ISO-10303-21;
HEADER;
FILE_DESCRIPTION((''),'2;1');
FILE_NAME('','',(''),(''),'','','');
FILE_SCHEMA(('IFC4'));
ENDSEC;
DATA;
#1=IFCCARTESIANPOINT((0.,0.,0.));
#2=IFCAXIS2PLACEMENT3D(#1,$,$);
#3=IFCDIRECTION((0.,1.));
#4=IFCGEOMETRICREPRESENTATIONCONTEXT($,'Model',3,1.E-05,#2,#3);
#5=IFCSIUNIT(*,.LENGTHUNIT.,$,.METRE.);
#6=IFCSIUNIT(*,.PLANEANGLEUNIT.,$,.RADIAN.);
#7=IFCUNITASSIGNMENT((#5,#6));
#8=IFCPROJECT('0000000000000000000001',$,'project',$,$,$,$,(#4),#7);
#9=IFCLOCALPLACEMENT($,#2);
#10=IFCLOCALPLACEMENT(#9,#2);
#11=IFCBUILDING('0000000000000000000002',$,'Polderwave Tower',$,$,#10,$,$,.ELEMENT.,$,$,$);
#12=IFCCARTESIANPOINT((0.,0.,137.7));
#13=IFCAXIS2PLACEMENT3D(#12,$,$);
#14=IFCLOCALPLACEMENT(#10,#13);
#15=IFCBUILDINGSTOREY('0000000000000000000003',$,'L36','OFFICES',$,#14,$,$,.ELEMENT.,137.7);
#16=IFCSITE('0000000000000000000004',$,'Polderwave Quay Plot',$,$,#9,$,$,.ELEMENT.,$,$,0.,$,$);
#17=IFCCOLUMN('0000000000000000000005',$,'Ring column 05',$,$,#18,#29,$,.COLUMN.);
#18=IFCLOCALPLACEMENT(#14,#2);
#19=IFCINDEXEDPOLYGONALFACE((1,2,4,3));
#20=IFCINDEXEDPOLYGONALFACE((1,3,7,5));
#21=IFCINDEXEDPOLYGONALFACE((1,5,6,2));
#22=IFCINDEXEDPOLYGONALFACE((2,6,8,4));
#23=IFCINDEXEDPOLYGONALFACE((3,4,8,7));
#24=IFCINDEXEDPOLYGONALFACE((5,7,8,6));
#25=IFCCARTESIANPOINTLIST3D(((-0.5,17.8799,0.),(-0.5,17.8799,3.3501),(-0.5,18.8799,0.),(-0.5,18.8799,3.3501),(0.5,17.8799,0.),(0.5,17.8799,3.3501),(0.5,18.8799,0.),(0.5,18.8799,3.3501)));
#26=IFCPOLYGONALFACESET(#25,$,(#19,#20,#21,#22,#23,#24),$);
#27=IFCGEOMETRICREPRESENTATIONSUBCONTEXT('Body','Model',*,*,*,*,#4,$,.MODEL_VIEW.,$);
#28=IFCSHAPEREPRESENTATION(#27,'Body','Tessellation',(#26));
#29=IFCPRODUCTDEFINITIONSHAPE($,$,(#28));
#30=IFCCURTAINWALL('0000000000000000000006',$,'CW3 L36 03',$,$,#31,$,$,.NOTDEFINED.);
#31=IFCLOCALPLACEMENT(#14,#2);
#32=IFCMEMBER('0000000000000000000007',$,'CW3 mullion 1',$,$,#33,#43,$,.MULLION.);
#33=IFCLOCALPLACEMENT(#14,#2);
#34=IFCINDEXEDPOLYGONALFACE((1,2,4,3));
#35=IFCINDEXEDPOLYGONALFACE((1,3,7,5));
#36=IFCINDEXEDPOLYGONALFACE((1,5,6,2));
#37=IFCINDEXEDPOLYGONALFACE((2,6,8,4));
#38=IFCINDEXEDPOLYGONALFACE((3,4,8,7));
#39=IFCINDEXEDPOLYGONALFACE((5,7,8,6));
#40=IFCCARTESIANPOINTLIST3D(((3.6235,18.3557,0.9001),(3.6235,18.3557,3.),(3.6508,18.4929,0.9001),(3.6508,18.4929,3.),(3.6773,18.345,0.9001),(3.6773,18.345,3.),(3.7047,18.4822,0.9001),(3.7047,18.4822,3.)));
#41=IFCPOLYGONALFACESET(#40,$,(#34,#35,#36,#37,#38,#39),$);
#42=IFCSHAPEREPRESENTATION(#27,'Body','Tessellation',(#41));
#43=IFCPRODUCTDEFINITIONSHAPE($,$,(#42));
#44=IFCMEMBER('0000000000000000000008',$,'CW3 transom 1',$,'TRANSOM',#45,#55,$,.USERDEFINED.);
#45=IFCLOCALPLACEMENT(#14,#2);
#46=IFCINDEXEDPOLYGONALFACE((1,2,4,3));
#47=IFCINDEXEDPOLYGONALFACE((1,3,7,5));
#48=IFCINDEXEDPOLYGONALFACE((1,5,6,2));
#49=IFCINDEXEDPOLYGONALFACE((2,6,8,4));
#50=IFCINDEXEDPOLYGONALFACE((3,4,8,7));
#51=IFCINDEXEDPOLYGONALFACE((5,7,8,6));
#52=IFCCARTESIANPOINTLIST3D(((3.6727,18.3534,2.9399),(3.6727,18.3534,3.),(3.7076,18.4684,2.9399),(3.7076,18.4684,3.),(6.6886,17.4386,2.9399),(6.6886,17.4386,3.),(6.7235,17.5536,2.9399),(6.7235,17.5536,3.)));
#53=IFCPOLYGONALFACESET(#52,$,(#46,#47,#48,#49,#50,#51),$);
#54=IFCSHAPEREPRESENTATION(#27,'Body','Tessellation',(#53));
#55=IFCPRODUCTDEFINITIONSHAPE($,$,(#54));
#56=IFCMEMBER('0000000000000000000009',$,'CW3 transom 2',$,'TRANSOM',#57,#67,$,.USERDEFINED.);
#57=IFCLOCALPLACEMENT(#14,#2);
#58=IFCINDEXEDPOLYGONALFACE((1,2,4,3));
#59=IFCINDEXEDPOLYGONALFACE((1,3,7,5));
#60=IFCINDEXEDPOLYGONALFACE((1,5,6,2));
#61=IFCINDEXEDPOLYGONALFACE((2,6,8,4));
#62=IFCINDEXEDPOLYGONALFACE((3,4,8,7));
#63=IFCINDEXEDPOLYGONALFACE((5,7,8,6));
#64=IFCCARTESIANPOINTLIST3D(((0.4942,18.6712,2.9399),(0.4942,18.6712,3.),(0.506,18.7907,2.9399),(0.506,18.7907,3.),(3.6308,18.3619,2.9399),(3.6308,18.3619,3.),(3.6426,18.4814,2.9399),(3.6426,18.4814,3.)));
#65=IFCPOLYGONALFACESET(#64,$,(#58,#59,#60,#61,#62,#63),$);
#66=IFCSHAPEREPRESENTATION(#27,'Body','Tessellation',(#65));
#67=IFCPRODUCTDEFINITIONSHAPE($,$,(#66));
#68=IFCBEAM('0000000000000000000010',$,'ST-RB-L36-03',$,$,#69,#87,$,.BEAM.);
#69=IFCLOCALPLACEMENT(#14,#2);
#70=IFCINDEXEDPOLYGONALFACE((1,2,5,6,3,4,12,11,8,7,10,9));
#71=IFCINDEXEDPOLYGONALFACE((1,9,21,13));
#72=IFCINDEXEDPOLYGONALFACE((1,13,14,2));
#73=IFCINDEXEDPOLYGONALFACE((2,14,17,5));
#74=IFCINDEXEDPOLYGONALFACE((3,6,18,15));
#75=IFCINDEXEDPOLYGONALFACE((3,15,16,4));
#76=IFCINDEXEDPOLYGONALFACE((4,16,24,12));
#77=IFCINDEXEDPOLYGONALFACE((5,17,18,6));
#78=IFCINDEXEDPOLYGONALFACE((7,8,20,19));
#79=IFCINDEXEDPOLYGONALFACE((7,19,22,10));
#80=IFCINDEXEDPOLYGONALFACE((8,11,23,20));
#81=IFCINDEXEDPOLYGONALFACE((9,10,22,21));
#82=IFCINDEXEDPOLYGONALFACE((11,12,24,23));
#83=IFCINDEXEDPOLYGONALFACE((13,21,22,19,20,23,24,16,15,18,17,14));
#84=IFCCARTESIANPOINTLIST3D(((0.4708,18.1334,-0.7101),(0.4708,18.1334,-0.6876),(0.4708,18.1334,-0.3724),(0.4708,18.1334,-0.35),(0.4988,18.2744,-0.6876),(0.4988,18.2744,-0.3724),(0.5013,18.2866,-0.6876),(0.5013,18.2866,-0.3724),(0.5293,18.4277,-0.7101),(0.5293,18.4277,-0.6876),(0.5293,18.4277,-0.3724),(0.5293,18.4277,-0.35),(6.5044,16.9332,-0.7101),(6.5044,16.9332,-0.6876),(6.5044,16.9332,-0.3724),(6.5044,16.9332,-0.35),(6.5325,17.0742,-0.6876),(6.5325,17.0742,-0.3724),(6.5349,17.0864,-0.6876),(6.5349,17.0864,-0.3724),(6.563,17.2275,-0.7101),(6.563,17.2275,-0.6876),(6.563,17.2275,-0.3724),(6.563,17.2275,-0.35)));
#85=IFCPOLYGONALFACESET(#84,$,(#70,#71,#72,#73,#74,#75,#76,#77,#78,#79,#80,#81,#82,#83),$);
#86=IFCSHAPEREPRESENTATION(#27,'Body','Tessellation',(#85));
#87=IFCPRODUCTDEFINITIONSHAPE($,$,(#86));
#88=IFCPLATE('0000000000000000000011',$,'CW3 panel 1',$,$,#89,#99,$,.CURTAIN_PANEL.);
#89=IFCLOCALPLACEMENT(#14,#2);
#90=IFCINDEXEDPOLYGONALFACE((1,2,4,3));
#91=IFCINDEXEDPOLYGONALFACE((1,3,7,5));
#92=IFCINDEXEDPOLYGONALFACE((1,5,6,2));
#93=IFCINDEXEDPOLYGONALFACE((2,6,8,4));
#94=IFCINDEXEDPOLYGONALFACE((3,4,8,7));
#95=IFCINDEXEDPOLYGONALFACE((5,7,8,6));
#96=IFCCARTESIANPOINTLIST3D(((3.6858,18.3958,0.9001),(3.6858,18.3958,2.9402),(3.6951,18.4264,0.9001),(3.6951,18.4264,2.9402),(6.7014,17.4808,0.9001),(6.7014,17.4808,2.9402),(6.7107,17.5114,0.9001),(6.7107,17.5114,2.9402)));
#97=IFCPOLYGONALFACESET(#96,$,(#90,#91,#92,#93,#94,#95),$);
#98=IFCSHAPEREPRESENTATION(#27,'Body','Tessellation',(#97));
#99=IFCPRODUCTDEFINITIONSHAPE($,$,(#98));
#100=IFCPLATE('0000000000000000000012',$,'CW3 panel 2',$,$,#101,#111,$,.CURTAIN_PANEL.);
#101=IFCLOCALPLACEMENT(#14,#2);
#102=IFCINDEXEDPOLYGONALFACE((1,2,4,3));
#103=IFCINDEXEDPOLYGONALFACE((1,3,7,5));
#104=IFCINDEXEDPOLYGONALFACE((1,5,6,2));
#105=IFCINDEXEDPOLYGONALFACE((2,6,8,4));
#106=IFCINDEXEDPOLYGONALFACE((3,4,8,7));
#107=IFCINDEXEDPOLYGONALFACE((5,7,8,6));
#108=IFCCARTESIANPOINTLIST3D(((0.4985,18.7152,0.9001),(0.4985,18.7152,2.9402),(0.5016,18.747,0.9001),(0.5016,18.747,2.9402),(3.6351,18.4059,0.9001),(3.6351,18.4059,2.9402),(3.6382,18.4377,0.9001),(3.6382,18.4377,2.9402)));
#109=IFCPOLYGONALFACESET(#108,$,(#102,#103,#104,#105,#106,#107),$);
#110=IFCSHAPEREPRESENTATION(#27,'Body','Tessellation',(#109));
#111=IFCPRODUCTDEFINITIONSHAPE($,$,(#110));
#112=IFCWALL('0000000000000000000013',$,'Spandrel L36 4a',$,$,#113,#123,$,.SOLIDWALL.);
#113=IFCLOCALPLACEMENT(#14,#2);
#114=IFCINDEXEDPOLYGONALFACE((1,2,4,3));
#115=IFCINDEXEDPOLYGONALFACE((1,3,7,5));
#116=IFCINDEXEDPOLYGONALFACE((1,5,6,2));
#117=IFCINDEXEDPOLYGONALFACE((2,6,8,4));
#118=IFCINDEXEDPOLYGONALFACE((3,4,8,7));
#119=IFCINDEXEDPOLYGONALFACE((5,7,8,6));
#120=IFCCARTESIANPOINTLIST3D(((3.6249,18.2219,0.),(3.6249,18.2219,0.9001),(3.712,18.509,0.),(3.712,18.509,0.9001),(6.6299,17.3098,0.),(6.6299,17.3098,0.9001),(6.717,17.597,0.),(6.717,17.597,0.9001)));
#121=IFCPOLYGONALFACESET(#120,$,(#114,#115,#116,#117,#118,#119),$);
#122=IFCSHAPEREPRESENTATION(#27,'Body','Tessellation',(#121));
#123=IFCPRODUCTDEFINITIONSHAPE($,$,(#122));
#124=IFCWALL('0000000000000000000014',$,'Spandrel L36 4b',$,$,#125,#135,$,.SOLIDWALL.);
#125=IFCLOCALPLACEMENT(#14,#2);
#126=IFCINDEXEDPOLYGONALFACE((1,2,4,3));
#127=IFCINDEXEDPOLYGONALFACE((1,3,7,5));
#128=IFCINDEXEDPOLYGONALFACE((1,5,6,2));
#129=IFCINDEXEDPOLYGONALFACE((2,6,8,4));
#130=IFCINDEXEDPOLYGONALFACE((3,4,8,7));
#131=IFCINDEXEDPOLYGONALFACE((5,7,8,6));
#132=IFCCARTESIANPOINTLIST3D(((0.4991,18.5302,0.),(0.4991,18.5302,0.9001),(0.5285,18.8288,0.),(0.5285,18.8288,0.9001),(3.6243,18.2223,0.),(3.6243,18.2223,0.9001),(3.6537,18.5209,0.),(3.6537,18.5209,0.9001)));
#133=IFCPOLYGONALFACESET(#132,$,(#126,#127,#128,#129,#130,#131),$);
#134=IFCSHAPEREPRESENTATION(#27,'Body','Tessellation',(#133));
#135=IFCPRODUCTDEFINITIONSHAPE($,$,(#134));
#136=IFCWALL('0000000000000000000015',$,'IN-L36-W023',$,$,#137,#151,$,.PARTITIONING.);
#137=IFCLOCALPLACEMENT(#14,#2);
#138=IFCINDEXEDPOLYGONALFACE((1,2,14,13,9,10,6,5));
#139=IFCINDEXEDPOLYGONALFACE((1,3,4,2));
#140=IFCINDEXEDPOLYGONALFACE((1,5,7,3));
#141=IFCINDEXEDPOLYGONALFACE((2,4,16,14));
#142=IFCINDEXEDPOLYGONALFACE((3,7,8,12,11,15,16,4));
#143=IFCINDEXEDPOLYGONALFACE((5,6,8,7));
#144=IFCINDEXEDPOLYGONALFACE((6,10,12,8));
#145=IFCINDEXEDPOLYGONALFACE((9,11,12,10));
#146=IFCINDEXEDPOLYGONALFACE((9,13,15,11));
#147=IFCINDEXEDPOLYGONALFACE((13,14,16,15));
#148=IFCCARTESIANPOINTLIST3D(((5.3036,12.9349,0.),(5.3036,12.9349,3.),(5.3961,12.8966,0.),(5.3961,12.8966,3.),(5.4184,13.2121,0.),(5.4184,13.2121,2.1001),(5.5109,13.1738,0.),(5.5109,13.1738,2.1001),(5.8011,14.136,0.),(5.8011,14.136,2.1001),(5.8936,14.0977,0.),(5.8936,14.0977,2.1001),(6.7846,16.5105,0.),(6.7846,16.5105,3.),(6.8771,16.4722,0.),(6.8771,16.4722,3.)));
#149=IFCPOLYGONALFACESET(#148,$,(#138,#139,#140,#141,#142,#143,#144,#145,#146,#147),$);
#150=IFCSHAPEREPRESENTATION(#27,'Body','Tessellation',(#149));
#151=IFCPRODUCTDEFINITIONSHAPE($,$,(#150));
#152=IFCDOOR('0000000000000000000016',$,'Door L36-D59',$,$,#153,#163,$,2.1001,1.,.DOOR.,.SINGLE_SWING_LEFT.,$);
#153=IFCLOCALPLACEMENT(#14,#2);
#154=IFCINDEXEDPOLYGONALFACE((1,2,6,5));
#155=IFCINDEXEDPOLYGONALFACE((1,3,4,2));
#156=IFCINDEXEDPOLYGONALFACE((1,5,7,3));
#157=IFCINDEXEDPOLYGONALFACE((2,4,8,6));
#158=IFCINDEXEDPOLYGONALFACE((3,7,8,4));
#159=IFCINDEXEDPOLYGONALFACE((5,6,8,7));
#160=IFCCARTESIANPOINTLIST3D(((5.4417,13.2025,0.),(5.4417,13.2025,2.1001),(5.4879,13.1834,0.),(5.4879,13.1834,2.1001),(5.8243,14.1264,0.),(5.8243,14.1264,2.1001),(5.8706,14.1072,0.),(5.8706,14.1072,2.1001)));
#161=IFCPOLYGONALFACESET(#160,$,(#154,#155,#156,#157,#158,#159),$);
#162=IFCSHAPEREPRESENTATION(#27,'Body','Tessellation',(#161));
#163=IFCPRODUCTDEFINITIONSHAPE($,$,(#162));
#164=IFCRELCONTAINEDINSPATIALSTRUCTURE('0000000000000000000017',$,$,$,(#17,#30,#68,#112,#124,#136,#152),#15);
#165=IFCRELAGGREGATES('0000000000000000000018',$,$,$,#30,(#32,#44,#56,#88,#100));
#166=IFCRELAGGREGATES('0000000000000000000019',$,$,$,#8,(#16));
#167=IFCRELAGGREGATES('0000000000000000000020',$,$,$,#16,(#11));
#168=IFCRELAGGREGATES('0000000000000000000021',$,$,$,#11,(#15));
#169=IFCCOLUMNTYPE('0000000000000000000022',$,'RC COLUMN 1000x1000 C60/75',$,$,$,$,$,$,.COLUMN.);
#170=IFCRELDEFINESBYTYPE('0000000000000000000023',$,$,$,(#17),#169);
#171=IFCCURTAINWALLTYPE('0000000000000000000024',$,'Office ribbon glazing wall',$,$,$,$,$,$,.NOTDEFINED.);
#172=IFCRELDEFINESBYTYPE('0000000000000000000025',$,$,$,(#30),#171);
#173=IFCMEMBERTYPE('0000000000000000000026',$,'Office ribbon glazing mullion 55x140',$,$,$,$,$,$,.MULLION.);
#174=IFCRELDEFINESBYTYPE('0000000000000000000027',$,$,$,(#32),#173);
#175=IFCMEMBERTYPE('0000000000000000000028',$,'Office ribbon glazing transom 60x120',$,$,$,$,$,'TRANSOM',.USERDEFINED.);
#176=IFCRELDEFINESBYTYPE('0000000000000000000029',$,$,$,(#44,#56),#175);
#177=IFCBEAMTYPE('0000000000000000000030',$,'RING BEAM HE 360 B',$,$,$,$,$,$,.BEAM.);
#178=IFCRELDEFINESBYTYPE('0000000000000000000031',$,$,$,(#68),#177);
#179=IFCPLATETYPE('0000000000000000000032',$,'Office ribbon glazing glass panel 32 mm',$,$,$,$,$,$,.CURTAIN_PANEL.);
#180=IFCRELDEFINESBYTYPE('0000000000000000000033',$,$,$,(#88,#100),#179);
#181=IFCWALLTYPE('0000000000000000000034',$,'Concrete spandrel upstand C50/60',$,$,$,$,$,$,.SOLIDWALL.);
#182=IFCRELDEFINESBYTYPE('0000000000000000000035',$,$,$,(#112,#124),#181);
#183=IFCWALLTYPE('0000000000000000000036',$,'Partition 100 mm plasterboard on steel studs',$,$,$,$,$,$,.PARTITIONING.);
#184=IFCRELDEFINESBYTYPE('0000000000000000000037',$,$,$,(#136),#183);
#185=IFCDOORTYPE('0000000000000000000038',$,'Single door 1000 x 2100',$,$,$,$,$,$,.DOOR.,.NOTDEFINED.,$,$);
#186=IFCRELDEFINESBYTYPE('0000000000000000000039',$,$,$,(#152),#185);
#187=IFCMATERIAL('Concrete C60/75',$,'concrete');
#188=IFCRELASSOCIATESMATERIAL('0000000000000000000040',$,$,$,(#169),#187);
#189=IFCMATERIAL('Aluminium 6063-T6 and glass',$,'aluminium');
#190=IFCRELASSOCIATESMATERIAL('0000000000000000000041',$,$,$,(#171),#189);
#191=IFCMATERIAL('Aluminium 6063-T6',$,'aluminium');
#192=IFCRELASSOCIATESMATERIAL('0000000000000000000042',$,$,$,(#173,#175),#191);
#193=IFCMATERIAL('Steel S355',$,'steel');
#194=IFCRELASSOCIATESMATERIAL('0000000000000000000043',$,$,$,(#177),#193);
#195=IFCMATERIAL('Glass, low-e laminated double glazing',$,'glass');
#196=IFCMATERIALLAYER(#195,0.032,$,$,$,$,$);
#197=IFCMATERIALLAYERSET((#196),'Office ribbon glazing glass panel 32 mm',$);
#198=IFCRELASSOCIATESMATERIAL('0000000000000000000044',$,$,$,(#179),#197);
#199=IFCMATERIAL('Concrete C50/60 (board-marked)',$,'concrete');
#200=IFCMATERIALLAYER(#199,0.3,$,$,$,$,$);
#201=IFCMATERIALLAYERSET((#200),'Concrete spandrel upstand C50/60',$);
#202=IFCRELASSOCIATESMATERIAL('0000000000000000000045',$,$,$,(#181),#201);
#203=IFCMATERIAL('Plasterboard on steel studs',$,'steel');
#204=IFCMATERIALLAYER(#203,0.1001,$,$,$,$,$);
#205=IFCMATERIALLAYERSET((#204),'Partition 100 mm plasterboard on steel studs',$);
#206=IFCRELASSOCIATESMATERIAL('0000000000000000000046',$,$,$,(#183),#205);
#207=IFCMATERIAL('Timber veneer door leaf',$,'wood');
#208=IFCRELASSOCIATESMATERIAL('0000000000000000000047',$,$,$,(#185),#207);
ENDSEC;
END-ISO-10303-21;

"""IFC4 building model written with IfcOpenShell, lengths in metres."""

from ifc_helpers import new_model, si_unit, direction, frame, frame_2d, origin, origin_2d, place, context, subcontext, project, spatial, rectangle, i_section, extrude, material, layer, layer_set, material_profile, profile_set, type_object, element, fill, aggregate, save


model = new_model("IFC4")

# Units and contexts
model_context = context("Model", 3, precision=1e-05, world=origin(), true_north=direction((0.0, 1.0)))
body_context = subcontext(model_context, "Body", "Model", "MODEL_VIEW")
ifc_project = project(units=[si_unit("LENGTHUNIT", "METRE"), si_unit("PLANEANGLEUNIT", "RADIAN")], contexts=[model_context])

# Site, building, storey
site_placement = place(None, origin())
site = spatial("IfcSite", under=ifc_project, at=site_placement, Name="Polderwave Quay Plot", CompositionType="ELEMENT", RefElevation=0.0)
building_placement = place(site_placement, origin())
building = spatial("IfcBuilding", under=site, at=building_placement, Name="Polderwave Tower", CompositionType="ELEMENT")
storey_placement = place(building_placement, frame((0.0, 0.0, 137.7)))
storey = spatial("IfcBuildingStorey", under=building, at=storey_placement, Name="L36", Description="OFFICES", CompositionType="ELEMENT", Elevation=137.7)

# Column
ifc_material_1 = material(Name="Concrete C60/75", Category="concrete")
ifc_material_profile_1 = material_profile(ifc_material_1, rectangle(XDim=1.0, YDim=1.0, at=origin_2d()), Name="RC 1000x1000")
ifc_profile_set_1 = profile_set([ifc_material_profile_1], Name="Concrete C60/75")
column_type = type_object("IfcColumnType", Name="RC COLUMN 1000x1000 C60/75", PredefinedType="COLUMN", material=ifc_profile_set_1)
column_placement = place(storey_placement, frame((0.0, 18.3799, 0.0), z_axis=(0.0, 0.0, 1.0), x_axis=(0.0, 1.0, 0.0)))
element("IfcColumn", 1, at=column_placement, inside=storey, type_object=column_type, Name="Ring column 05", PredefinedType="COLUMN", context=body_context, shape_type="SweptSolid", body=[
    extrude(rectangle(XDim=1.0, YDim=1.0, at=origin_2d()), origin(), (0.0, 0.0, 1.0), 3.3501),
])

# Curtain wall, members
ifc_material_2 = material(Name="Aluminium 6063-T6 and glass", Category="aluminium")
curtain_wall_type = type_object("IfcCurtainWallType", Name="Office ribbon glazing wall", PredefinedType="NOTDEFINED", material=ifc_material_2)
curtain_wall_placement = place(storey_placement, origin())
curtain_wall = element("IfcCurtainWall", 2, at=curtain_wall_placement, inside=storey, type_object=curtain_wall_type, Name="CW3 L36 03", PredefinedType="NOTDEFINED")
ifc_material_3 = material(Name="Aluminium 6063-T6", Category="aluminium")
ifc_material_profile_2 = material_profile(ifc_material_3, rectangle(XDim=0.1399, YDim=0.0549, at=origin_2d()), Name="AL 55x140")
ifc_profile_set_2 = profile_set([ifc_material_profile_2], Name="Aluminium 6063-T6")
member_type_1 = type_object("IfcMemberType", Name="Office ribbon glazing mullion 55x140", PredefinedType="MULLION", material=ifc_profile_set_2)
member_1_placement = place(storey_placement, frame((3.6641, 18.4189, 0.9001), z_axis=(0.0, 0.0, 1.0), x_axis=(-0.195179, -0.980768, 0.0)))
member_1 = element("IfcMember", 3, at=member_1_placement, type_object=member_type_1, Name="CW3 mullion 1", PredefinedType="MULLION", context=body_context, shape_type="SweptSolid", body=[
    extrude(rectangle(XDim=0.1399, YDim=0.0549, at=origin_2d()), origin(), (0.0, 0.0, 1.0), 2.0999),
])
ifc_material_profile_3 = material_profile(ifc_material_3, rectangle(XDim=0.1201, YDim=0.0601, at=origin_2d()), Name="AL 60x120")
ifc_profile_set_3 = profile_set([ifc_material_profile_3], Name="Aluminium 6063-T6")
member_type_2 = type_object("IfcMemberType", Name="Office ribbon glazing transom 60x120", ElementType="TRANSOM", PredefinedType="USERDEFINED", material=ifc_profile_set_3)
member_2_placement = place(storey_placement, frame((6.7061, 17.4961, 2.97), z_axis=(-0.956946, 0.290268, 0.0), x_axis=(-0.290268, -0.956946, 0.0)))
member_2 = element("IfcMember", 4, at=member_2_placement, type_object=member_type_2, Name="CW3 transom 1", ObjectType="TRANSOM", PredefinedType="USERDEFINED", context=body_context, shape_type="SweptSolid", body=[
    extrude(rectangle(XDim=0.1201, YDim=0.0601, at=origin_2d()), origin(), (0.0, 0.0, 1.0), 3.1516),
])
member_3_placement = place(storey_placement, frame((3.6367, 18.4216, 2.97), z_axis=(-0.995173, 0.098139, 0.0), x_axis=(-0.098139, -0.995173, 0.0)))
member_3 = element("IfcMember", 5, at=member_3_placement, type_object=member_type_2, Name="CW3 transom 2", ObjectType="TRANSOM", PredefinedType="USERDEFINED", context=body_context, shape_type="SweptSolid", body=[
    extrude(rectangle(XDim=0.1201, YDim=0.0601, at=origin_2d()), origin(), (0.0, 0.0, 1.0), 3.1519),
])

# Beam
ifc_material_4 = material(Name="Steel S355", Category="steel")
ifc_material_profile_4 = material_profile(ifc_material_4, i_section(OverallWidth=0.3, OverallDepth=0.3601, WebThickness=0.0125, FlangeThickness=0.0225, at=origin_2d()), Name="HE 360 B")
ifc_profile_set_4 = profile_set([ifc_material_profile_4], Name="Steel S355")
beam_type = type_object("IfcBeamType", Name="RING BEAM HE 360 B", PredefinedType="BEAM", material=ifc_profile_set_4)
beam_placement = place(storey_placement, frame((6.5337, 17.0803, -0.53), z_axis=(-0.980785, 0.195093, 0.0), x_axis=(-0.195093, -0.980785, 0.0)))
element("IfcBeam", 6, at=beam_placement, inside=storey, type_object=beam_type, Name="ST-RB-L36-03", PredefinedType="BEAM", context=body_context, shape_type="SweptSolid", body=[
    extrude(i_section(OverallWidth=0.3, OverallDepth=0.3601, WebThickness=0.0125, FlangeThickness=0.0225, at=origin_2d()), origin(), (0.0, 0.0, 1.0), 6.1519),
])

# Plates
ifc_material_5 = material(Name="Glass, low-e laminated double glazing", Category="glass")
ifc_layer_1 = layer(ifc_material_5, 0.032)
ifc_layer_set_1 = layer_set([ifc_layer_1], Name="Office ribbon glazing glass panel 32 mm")
plate_type = type_object("IfcPlateType", Name="Office ribbon glazing glass panel 32 mm", PredefinedType="CURTAIN_PANEL", material=ifc_layer_set_1)
plate_1_placement = place(storey_placement, frame((5.1982, 17.9536, 0.9001), z_axis=(0.0, 0.0, 1.0), x_axis=(-0.956921, 0.290348, 0.0)))
plate_1 = element("IfcPlate", 7, at=plate_1_placement, type_object=plate_type, Name="CW3 panel 1", PredefinedType="CURTAIN_PANEL", context=body_context, shape_type="SweptSolid", body=[
    extrude(rectangle(XDim=3.1514, YDim=0.032, at=origin_2d()), origin(), (0.0, 0.0, 1.0), 2.04),
])
plate_2_placement = place(storey_placement, frame((2.0684, 18.5764, 0.9001), z_axis=(0.0, 0.0, 1.0), x_axis=(-0.995173, 0.098134, 0.0)))
plate_2 = element("IfcPlate", 8, at=plate_2_placement, type_object=plate_type, Name="CW3 panel 2", PredefinedType="CURTAIN_PANEL", context=body_context, shape_type="SweptSolid", body=[
    extrude(rectangle(XDim=3.1519, YDim=0.032, at=origin_2d()), origin(), (0.0, 0.0, 1.0), 2.04),
])
aggregate(curtain_wall, [member_1, member_2, member_3, plate_1, plate_2])

# Walls
ifc_material_6 = material(Name="Concrete C50/60 (board-marked)", Category="concrete")
ifc_layer_2 = layer(ifc_material_6, 0.3)
ifc_layer_set_2 = layer_set([ifc_layer_2], Name="Concrete spandrel upstand C50/60")
wall_type_1 = type_object("IfcWallType", Name="Concrete spandrel upstand C50/60", PredefinedType="SOLIDWALL", material=ifc_layer_set_2)
for number, where, z_axis, x_axis, name in (
    (9, (6.6736, 17.4534, 0.0), (0.0, 0.0, 1.0), (-0.956895, 0.290435, 0.0), "Spandrel L36 4a"),
    (10, (3.6392, 18.3716, 0.0), (0.0, 0.0, 1.0), (-0.995183, 0.098033, 0.0), "Spandrel L36 4b"),
):
    element("IfcWall", number, at=place(storey_placement, frame(where, z_axis=z_axis, x_axis=x_axis)), inside=storey, type_object=wall_type_1, Name=name, PredefinedType="SOLIDWALL", context=body_context, shape_type="SweptSolid", body=[
        extrude(rectangle(XDim=3.1404, YDim=0.3, at=frame_2d((1.5703, 0.0))), origin(), (0.0, 0.0, 1.0), 0.9001),
    ])

# Wall, opening, door
ifc_material_7 = material(Name="Plasterboard on steel studs", Category="steel")
ifc_layer_3 = layer(ifc_material_7, 0.1001)
ifc_layer_set_3 = layer_set([ifc_layer_3], Name="Partition 100 mm plasterboard on steel studs")
wall_type_2 = type_object("IfcWallType", Name="Partition 100 mm plasterboard on steel studs", PredefinedType="PARTITIONING", material=ifc_layer_set_3)
wall_1_placement = place(storey_placement, frame((5.3499, 12.9158, 0.0), z_axis=(0.0, 0.0, 1.0), x_axis=(0.382675, 0.923883, 0.0)))
wall_1 = element("IfcWall", 11, at=wall_1_placement, inside=storey, type_object=wall_type_2, Name="IN-L36-W023", PredefinedType="PARTITIONING", context=body_context, shape_type="SweptSolid", body=[
    extrude(rectangle(XDim=3.8701, YDim=0.1001, at=frame_2d((1.9351, 0.0))), origin(), (0.0, 0.0, 1.0), 3.0),
])
opening_1_placement = place(wall_1_placement, frame((0.3, 0.0, 0.0)))
opening_1 = element("IfcOpeningElement", 12, at=opening_1_placement, cuts=wall_1, PredefinedType="OPENING", context=body_context, shape_type="SweptSolid", body=[
    extrude(rectangle(XDim=1.0, YDim=2.1001, at=frame_2d((0.5, 1.05))), frame((0.0, 0.0601, 0.0), z_axis=(0.0, -1.0, 0.0), x_axis=(1.0, 0.0, 0.0)), (0.0, 0.0, 1.0), 0.1201),
])
ifc_material_8 = material(Name="Timber veneer door leaf", Category="wood")
door_type = type_object("IfcDoorType", Name="Single door 1000 x 2100", OperationType="NOTDEFINED", PredefinedType="DOOR", material=ifc_material_8)
door_1_placement = place(opening_1_placement, origin())
door_1 = element("IfcDoor", 13, at=door_1_placement, inside=storey, type_object=door_type, Name="Door L36-D59", OperationType="SINGLE_SWING_LEFT", OverallHeight=2.1001, OverallWidth=1.0, PredefinedType="DOOR", context=body_context, shape_type="SweptSolid", body=[
    extrude(rectangle(XDim=1.0, YDim=2.1001, at=frame_2d((0.5, 1.05))), frame((0.0, 0.0249, 0.0), z_axis=(0.0, -1.0, 0.0), x_axis=(1.0, 0.0, 0.0)), (0.0, 0.0, 1.0), 0.05),
])
fill(opening_1, door_1)

save(model, "model.ifc")
